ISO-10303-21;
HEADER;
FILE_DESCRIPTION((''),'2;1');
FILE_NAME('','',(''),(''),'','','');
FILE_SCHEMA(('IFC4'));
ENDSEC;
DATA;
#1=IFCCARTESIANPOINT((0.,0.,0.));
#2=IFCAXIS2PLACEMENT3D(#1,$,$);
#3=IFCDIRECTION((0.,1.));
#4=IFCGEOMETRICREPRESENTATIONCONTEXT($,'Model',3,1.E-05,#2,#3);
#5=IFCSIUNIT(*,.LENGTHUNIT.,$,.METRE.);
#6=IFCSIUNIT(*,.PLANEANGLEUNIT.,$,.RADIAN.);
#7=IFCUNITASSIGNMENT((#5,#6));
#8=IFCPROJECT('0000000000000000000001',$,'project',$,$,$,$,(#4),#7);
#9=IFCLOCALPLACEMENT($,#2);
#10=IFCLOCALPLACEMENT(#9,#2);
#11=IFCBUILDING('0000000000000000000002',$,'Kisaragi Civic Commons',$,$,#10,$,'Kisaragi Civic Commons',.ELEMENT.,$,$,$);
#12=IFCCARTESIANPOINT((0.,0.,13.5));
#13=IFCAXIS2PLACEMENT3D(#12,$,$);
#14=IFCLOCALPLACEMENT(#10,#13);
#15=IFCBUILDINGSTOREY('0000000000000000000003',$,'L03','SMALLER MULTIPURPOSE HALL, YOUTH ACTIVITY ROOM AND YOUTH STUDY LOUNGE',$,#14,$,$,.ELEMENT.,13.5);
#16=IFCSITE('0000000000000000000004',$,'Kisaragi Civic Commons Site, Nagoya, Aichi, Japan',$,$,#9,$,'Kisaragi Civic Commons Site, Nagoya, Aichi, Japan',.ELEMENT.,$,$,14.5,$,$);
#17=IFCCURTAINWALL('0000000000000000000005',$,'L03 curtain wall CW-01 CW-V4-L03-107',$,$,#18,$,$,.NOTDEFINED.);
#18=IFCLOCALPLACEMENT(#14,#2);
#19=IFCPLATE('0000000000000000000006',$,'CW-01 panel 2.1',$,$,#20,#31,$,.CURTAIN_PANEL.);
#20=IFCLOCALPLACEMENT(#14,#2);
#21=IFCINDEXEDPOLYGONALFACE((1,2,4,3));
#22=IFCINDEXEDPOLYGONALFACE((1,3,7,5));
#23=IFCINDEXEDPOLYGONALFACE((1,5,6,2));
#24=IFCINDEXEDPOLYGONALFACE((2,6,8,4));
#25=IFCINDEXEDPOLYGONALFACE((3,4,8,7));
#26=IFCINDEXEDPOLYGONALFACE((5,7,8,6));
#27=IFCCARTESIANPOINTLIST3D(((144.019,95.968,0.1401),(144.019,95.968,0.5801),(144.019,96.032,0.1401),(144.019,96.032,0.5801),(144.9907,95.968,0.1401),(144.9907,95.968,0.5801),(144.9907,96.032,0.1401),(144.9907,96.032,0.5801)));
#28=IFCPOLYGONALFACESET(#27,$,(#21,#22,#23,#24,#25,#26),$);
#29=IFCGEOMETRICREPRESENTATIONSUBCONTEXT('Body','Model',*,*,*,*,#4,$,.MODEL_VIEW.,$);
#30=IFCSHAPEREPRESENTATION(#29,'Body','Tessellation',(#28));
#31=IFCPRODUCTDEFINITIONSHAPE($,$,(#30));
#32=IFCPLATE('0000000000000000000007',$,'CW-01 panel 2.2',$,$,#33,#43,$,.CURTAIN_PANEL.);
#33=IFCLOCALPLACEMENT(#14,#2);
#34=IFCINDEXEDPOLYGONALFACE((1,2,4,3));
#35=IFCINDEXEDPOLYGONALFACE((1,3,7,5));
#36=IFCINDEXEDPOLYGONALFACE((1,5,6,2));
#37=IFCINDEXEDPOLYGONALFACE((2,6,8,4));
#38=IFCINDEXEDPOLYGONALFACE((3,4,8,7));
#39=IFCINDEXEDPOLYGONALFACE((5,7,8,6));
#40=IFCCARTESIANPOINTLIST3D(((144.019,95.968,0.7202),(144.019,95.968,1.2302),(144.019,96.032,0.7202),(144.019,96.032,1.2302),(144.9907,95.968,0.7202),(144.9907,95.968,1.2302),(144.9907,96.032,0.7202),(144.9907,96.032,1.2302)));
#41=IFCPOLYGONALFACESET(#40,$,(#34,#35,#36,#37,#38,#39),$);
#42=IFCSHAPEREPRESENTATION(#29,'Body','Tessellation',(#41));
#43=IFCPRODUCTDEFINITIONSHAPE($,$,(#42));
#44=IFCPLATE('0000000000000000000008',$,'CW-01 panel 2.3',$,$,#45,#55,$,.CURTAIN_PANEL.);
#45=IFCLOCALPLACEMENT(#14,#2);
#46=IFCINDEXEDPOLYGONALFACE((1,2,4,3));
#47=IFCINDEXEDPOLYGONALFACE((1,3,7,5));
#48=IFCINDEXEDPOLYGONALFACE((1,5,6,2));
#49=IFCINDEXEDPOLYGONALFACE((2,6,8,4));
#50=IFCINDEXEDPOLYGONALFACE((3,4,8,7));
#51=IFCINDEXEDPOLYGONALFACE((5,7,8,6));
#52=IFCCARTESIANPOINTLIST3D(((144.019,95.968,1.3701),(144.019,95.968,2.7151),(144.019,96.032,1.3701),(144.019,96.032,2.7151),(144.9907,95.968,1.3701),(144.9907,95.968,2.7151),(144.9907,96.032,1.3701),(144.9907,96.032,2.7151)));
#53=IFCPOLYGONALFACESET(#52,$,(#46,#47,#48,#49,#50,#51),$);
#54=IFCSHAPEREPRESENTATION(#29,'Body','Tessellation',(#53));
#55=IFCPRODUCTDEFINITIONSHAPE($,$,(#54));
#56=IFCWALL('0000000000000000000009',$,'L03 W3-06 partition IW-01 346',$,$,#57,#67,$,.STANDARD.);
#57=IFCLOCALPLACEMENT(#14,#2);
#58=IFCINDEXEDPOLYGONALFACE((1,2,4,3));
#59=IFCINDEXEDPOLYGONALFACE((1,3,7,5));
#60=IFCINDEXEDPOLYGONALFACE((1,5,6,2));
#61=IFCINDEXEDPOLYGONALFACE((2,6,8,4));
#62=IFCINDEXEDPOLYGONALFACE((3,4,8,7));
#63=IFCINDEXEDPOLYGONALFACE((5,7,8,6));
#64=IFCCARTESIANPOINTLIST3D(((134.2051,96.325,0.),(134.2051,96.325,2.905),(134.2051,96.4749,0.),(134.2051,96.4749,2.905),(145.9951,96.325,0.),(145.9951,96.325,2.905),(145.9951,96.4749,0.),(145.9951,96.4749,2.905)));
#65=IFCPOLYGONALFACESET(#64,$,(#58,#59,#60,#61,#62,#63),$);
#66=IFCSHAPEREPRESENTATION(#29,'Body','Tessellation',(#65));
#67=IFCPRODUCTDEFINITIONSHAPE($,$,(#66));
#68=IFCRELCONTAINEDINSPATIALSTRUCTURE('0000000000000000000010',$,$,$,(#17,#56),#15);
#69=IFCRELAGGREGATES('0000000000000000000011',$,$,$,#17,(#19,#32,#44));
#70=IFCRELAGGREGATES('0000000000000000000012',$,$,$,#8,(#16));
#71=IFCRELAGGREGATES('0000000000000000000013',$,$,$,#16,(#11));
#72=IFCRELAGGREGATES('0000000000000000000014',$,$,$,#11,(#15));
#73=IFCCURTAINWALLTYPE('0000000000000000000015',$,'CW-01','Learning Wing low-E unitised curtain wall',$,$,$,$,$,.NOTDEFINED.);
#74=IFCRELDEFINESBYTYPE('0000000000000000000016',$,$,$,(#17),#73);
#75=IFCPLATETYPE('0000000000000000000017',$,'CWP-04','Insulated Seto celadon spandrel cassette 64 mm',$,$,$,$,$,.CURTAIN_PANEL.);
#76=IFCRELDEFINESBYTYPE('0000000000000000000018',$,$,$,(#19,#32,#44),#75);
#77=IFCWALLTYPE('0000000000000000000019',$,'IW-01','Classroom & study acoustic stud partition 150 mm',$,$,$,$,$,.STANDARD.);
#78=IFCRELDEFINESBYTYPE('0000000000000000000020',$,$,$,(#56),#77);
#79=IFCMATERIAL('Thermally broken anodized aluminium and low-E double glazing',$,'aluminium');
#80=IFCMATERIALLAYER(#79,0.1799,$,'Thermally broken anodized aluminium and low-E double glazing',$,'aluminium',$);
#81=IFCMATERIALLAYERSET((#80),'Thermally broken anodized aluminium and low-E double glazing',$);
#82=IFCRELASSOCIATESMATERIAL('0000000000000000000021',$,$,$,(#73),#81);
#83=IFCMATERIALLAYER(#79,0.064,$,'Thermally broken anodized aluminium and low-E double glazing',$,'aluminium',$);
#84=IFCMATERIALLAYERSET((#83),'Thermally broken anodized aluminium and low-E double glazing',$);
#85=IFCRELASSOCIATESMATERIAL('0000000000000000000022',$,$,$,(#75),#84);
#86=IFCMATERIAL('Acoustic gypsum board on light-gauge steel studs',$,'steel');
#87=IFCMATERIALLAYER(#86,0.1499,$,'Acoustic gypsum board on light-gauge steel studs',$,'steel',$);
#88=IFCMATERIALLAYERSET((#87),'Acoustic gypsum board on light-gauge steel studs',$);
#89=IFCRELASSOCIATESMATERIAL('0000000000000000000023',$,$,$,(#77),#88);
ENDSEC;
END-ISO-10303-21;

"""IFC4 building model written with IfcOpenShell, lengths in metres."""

from ifc_helpers import new_model, si_unit, direction, frame, frame_2d, origin, origin_2d, place, context, subcontext, project, spatial, rectangle, extrude, material, layer, layer_set, type_object, element, aggregate, save


model = new_model("IFC4")

# Units and contexts
model_context = context("Model", 3, precision=1e-05, world=origin(), true_north=direction((0.0, 1.0)))
body_context = subcontext(model_context, "Body", "Model", "MODEL_VIEW")
ifc_project = project(units=[si_unit("LENGTHUNIT", "METRE"), si_unit("PLANEANGLEUNIT", "RADIAN")], contexts=[model_context])

# Site, building, storey
site_placement = place(None, origin())
site = spatial("IfcSite", under=ifc_project, at=site_placement, Name="Kisaragi Civic Commons Site, Nagoya, Aichi, Japan", LongName="Kisaragi Civic Commons Site, Nagoya, Aichi, Japan", CompositionType="ELEMENT", RefElevation=14.5)
building_placement = place(site_placement, origin())
building = spatial("IfcBuilding", under=site, at=building_placement, Name="Kisaragi Civic Commons", LongName="Kisaragi Civic Commons", CompositionType="ELEMENT")
storey_placement = place(building_placement, frame((0.0, 0.0, 13.5)))
storey = spatial("IfcBuildingStorey", under=building, at=storey_placement, Name="L03", Description="SMALLER MULTIPURPOSE HALL, YOUTH ACTIVITY ROOM AND YOUTH STUDY LOUNGE", CompositionType="ELEMENT", Elevation=13.5)

# Shared definitions
ifc_material_1 = material(Name="Thermally broken anodized aluminium and low-E double glazing", Category="aluminium")
ifc_layer_1 = layer(ifc_material_1, 0.1799, Name="Thermally broken anodized aluminium and low-E double glazing", Category="aluminium")
ifc_layer_set_1 = layer_set([ifc_layer_1], Name="Thermally broken anodized aluminium and low-E double glazing")
curtain_wall_type = type_object("IfcCurtainWallType", Name="CW-01", Description="Learning Wing low-E unitised curtain wall", PredefinedType="NOTDEFINED", material=ifc_layer_set_1)

# Curtain wall
curtain_wall_1_placement = place(storey_placement, origin())
curtain_wall_1 = element("IfcCurtainWall", 1, at=curtain_wall_1_placement, inside=storey, type_object=curtain_wall_type, Name="L03 curtain wall CW-01 CW-V4-L03-107", PredefinedType="NOTDEFINED")

# Plates
ifc_layer_2 = layer(ifc_material_1, 0.064, Name="Thermally broken anodized aluminium and low-E double glazing", Category="aluminium")
ifc_layer_set_2 = layer_set([ifc_layer_2], Name="Thermally broken anodized aluminium and low-E double glazing")
plate_type_1 = type_object("IfcPlateType", Name="CWP-04", Description="Insulated Seto celadon spandrel cassette 64 mm", PredefinedType="CURTAIN_PANEL", material=ifc_layer_set_2)
plate_1_placement = place(storey_placement, frame((144.5049, 96.0, 0.1401), z_axis=(0.0, 0.0, 1.0), x_axis=(-1.0, 0.0, 0.0)))
plate_1 = element("IfcPlate", 2, at=plate_1_placement, type_object=plate_type_1, Name="CW-01 panel 2.1", PredefinedType="CURTAIN_PANEL", context=body_context, shape_type="SweptSolid", body=[
    extrude(rectangle(XDim=0.9717, YDim=0.064, at=origin_2d()), origin(), (0.0, 0.0, 1.0), 0.4399),
])
plate_2_placement = place(storey_placement, frame((144.5049, 96.0, 0.7202), z_axis=(0.0, 0.0, 1.0), x_axis=(-1.0, 0.0, 0.0)))
plate_2 = element("IfcPlate", 3, at=plate_2_placement, type_object=plate_type_1, Name="CW-01 panel 2.2", PredefinedType="CURTAIN_PANEL", context=body_context, shape_type="SweptSolid", body=[
    extrude(rectangle(XDim=0.9717, YDim=0.064, at=origin_2d()), origin(), (0.0, 0.0, 1.0), 0.51),
])
plate_3_placement = place(storey_placement, frame((144.5049, 96.0, 1.3701), z_axis=(0.0, 0.0, 1.0), x_axis=(-1.0, 0.0, 0.0)))
plate_3 = element("IfcPlate", 4, at=plate_3_placement, type_object=plate_type_1, Name="CW-01 panel 2.3", PredefinedType="CURTAIN_PANEL", context=body_context, shape_type="SweptSolid", body=[
    extrude(rectangle(XDim=0.9717, YDim=0.064, at=origin_2d()), origin(), (0.0, 0.0, 1.0), 1.345),
])
aggregate(curtain_wall_1, [plate_1, plate_2, plate_3])

# Wall
ifc_material_2 = material(Name="Acoustic gypsum board on light-gauge steel studs", Category="steel")
ifc_layer_3 = layer(ifc_material_2, 0.1499, Name="Acoustic gypsum board on light-gauge steel studs", Category="steel")
ifc_layer_set_3 = layer_set([ifc_layer_3], Name="Acoustic gypsum board on light-gauge steel studs")
wall_type = type_object("IfcWallType", Name="IW-01", Description="Classroom & study acoustic stud partition 150 mm", PredefinedType="STANDARD", material=ifc_layer_set_3)
wall_placement = place(storey_placement, frame((145.9951, 96.3999, 0.0), z_axis=(0.0, 0.0, 1.0), x_axis=(-1.0, 0.0, 0.0)))
element("IfcWall", 5, at=wall_placement, inside=storey, type_object=wall_type, Name="L03 W3-06 partition IW-01 346", PredefinedType="STANDARD", context=body_context, shape_type="SweptSolid", body=[
    extrude(rectangle(XDim=11.79, YDim=0.1499, at=frame_2d((5.895, 0.0))), origin(), (0.0, 0.0, 1.0), 2.905),
])

save(model, "model.ifc")
